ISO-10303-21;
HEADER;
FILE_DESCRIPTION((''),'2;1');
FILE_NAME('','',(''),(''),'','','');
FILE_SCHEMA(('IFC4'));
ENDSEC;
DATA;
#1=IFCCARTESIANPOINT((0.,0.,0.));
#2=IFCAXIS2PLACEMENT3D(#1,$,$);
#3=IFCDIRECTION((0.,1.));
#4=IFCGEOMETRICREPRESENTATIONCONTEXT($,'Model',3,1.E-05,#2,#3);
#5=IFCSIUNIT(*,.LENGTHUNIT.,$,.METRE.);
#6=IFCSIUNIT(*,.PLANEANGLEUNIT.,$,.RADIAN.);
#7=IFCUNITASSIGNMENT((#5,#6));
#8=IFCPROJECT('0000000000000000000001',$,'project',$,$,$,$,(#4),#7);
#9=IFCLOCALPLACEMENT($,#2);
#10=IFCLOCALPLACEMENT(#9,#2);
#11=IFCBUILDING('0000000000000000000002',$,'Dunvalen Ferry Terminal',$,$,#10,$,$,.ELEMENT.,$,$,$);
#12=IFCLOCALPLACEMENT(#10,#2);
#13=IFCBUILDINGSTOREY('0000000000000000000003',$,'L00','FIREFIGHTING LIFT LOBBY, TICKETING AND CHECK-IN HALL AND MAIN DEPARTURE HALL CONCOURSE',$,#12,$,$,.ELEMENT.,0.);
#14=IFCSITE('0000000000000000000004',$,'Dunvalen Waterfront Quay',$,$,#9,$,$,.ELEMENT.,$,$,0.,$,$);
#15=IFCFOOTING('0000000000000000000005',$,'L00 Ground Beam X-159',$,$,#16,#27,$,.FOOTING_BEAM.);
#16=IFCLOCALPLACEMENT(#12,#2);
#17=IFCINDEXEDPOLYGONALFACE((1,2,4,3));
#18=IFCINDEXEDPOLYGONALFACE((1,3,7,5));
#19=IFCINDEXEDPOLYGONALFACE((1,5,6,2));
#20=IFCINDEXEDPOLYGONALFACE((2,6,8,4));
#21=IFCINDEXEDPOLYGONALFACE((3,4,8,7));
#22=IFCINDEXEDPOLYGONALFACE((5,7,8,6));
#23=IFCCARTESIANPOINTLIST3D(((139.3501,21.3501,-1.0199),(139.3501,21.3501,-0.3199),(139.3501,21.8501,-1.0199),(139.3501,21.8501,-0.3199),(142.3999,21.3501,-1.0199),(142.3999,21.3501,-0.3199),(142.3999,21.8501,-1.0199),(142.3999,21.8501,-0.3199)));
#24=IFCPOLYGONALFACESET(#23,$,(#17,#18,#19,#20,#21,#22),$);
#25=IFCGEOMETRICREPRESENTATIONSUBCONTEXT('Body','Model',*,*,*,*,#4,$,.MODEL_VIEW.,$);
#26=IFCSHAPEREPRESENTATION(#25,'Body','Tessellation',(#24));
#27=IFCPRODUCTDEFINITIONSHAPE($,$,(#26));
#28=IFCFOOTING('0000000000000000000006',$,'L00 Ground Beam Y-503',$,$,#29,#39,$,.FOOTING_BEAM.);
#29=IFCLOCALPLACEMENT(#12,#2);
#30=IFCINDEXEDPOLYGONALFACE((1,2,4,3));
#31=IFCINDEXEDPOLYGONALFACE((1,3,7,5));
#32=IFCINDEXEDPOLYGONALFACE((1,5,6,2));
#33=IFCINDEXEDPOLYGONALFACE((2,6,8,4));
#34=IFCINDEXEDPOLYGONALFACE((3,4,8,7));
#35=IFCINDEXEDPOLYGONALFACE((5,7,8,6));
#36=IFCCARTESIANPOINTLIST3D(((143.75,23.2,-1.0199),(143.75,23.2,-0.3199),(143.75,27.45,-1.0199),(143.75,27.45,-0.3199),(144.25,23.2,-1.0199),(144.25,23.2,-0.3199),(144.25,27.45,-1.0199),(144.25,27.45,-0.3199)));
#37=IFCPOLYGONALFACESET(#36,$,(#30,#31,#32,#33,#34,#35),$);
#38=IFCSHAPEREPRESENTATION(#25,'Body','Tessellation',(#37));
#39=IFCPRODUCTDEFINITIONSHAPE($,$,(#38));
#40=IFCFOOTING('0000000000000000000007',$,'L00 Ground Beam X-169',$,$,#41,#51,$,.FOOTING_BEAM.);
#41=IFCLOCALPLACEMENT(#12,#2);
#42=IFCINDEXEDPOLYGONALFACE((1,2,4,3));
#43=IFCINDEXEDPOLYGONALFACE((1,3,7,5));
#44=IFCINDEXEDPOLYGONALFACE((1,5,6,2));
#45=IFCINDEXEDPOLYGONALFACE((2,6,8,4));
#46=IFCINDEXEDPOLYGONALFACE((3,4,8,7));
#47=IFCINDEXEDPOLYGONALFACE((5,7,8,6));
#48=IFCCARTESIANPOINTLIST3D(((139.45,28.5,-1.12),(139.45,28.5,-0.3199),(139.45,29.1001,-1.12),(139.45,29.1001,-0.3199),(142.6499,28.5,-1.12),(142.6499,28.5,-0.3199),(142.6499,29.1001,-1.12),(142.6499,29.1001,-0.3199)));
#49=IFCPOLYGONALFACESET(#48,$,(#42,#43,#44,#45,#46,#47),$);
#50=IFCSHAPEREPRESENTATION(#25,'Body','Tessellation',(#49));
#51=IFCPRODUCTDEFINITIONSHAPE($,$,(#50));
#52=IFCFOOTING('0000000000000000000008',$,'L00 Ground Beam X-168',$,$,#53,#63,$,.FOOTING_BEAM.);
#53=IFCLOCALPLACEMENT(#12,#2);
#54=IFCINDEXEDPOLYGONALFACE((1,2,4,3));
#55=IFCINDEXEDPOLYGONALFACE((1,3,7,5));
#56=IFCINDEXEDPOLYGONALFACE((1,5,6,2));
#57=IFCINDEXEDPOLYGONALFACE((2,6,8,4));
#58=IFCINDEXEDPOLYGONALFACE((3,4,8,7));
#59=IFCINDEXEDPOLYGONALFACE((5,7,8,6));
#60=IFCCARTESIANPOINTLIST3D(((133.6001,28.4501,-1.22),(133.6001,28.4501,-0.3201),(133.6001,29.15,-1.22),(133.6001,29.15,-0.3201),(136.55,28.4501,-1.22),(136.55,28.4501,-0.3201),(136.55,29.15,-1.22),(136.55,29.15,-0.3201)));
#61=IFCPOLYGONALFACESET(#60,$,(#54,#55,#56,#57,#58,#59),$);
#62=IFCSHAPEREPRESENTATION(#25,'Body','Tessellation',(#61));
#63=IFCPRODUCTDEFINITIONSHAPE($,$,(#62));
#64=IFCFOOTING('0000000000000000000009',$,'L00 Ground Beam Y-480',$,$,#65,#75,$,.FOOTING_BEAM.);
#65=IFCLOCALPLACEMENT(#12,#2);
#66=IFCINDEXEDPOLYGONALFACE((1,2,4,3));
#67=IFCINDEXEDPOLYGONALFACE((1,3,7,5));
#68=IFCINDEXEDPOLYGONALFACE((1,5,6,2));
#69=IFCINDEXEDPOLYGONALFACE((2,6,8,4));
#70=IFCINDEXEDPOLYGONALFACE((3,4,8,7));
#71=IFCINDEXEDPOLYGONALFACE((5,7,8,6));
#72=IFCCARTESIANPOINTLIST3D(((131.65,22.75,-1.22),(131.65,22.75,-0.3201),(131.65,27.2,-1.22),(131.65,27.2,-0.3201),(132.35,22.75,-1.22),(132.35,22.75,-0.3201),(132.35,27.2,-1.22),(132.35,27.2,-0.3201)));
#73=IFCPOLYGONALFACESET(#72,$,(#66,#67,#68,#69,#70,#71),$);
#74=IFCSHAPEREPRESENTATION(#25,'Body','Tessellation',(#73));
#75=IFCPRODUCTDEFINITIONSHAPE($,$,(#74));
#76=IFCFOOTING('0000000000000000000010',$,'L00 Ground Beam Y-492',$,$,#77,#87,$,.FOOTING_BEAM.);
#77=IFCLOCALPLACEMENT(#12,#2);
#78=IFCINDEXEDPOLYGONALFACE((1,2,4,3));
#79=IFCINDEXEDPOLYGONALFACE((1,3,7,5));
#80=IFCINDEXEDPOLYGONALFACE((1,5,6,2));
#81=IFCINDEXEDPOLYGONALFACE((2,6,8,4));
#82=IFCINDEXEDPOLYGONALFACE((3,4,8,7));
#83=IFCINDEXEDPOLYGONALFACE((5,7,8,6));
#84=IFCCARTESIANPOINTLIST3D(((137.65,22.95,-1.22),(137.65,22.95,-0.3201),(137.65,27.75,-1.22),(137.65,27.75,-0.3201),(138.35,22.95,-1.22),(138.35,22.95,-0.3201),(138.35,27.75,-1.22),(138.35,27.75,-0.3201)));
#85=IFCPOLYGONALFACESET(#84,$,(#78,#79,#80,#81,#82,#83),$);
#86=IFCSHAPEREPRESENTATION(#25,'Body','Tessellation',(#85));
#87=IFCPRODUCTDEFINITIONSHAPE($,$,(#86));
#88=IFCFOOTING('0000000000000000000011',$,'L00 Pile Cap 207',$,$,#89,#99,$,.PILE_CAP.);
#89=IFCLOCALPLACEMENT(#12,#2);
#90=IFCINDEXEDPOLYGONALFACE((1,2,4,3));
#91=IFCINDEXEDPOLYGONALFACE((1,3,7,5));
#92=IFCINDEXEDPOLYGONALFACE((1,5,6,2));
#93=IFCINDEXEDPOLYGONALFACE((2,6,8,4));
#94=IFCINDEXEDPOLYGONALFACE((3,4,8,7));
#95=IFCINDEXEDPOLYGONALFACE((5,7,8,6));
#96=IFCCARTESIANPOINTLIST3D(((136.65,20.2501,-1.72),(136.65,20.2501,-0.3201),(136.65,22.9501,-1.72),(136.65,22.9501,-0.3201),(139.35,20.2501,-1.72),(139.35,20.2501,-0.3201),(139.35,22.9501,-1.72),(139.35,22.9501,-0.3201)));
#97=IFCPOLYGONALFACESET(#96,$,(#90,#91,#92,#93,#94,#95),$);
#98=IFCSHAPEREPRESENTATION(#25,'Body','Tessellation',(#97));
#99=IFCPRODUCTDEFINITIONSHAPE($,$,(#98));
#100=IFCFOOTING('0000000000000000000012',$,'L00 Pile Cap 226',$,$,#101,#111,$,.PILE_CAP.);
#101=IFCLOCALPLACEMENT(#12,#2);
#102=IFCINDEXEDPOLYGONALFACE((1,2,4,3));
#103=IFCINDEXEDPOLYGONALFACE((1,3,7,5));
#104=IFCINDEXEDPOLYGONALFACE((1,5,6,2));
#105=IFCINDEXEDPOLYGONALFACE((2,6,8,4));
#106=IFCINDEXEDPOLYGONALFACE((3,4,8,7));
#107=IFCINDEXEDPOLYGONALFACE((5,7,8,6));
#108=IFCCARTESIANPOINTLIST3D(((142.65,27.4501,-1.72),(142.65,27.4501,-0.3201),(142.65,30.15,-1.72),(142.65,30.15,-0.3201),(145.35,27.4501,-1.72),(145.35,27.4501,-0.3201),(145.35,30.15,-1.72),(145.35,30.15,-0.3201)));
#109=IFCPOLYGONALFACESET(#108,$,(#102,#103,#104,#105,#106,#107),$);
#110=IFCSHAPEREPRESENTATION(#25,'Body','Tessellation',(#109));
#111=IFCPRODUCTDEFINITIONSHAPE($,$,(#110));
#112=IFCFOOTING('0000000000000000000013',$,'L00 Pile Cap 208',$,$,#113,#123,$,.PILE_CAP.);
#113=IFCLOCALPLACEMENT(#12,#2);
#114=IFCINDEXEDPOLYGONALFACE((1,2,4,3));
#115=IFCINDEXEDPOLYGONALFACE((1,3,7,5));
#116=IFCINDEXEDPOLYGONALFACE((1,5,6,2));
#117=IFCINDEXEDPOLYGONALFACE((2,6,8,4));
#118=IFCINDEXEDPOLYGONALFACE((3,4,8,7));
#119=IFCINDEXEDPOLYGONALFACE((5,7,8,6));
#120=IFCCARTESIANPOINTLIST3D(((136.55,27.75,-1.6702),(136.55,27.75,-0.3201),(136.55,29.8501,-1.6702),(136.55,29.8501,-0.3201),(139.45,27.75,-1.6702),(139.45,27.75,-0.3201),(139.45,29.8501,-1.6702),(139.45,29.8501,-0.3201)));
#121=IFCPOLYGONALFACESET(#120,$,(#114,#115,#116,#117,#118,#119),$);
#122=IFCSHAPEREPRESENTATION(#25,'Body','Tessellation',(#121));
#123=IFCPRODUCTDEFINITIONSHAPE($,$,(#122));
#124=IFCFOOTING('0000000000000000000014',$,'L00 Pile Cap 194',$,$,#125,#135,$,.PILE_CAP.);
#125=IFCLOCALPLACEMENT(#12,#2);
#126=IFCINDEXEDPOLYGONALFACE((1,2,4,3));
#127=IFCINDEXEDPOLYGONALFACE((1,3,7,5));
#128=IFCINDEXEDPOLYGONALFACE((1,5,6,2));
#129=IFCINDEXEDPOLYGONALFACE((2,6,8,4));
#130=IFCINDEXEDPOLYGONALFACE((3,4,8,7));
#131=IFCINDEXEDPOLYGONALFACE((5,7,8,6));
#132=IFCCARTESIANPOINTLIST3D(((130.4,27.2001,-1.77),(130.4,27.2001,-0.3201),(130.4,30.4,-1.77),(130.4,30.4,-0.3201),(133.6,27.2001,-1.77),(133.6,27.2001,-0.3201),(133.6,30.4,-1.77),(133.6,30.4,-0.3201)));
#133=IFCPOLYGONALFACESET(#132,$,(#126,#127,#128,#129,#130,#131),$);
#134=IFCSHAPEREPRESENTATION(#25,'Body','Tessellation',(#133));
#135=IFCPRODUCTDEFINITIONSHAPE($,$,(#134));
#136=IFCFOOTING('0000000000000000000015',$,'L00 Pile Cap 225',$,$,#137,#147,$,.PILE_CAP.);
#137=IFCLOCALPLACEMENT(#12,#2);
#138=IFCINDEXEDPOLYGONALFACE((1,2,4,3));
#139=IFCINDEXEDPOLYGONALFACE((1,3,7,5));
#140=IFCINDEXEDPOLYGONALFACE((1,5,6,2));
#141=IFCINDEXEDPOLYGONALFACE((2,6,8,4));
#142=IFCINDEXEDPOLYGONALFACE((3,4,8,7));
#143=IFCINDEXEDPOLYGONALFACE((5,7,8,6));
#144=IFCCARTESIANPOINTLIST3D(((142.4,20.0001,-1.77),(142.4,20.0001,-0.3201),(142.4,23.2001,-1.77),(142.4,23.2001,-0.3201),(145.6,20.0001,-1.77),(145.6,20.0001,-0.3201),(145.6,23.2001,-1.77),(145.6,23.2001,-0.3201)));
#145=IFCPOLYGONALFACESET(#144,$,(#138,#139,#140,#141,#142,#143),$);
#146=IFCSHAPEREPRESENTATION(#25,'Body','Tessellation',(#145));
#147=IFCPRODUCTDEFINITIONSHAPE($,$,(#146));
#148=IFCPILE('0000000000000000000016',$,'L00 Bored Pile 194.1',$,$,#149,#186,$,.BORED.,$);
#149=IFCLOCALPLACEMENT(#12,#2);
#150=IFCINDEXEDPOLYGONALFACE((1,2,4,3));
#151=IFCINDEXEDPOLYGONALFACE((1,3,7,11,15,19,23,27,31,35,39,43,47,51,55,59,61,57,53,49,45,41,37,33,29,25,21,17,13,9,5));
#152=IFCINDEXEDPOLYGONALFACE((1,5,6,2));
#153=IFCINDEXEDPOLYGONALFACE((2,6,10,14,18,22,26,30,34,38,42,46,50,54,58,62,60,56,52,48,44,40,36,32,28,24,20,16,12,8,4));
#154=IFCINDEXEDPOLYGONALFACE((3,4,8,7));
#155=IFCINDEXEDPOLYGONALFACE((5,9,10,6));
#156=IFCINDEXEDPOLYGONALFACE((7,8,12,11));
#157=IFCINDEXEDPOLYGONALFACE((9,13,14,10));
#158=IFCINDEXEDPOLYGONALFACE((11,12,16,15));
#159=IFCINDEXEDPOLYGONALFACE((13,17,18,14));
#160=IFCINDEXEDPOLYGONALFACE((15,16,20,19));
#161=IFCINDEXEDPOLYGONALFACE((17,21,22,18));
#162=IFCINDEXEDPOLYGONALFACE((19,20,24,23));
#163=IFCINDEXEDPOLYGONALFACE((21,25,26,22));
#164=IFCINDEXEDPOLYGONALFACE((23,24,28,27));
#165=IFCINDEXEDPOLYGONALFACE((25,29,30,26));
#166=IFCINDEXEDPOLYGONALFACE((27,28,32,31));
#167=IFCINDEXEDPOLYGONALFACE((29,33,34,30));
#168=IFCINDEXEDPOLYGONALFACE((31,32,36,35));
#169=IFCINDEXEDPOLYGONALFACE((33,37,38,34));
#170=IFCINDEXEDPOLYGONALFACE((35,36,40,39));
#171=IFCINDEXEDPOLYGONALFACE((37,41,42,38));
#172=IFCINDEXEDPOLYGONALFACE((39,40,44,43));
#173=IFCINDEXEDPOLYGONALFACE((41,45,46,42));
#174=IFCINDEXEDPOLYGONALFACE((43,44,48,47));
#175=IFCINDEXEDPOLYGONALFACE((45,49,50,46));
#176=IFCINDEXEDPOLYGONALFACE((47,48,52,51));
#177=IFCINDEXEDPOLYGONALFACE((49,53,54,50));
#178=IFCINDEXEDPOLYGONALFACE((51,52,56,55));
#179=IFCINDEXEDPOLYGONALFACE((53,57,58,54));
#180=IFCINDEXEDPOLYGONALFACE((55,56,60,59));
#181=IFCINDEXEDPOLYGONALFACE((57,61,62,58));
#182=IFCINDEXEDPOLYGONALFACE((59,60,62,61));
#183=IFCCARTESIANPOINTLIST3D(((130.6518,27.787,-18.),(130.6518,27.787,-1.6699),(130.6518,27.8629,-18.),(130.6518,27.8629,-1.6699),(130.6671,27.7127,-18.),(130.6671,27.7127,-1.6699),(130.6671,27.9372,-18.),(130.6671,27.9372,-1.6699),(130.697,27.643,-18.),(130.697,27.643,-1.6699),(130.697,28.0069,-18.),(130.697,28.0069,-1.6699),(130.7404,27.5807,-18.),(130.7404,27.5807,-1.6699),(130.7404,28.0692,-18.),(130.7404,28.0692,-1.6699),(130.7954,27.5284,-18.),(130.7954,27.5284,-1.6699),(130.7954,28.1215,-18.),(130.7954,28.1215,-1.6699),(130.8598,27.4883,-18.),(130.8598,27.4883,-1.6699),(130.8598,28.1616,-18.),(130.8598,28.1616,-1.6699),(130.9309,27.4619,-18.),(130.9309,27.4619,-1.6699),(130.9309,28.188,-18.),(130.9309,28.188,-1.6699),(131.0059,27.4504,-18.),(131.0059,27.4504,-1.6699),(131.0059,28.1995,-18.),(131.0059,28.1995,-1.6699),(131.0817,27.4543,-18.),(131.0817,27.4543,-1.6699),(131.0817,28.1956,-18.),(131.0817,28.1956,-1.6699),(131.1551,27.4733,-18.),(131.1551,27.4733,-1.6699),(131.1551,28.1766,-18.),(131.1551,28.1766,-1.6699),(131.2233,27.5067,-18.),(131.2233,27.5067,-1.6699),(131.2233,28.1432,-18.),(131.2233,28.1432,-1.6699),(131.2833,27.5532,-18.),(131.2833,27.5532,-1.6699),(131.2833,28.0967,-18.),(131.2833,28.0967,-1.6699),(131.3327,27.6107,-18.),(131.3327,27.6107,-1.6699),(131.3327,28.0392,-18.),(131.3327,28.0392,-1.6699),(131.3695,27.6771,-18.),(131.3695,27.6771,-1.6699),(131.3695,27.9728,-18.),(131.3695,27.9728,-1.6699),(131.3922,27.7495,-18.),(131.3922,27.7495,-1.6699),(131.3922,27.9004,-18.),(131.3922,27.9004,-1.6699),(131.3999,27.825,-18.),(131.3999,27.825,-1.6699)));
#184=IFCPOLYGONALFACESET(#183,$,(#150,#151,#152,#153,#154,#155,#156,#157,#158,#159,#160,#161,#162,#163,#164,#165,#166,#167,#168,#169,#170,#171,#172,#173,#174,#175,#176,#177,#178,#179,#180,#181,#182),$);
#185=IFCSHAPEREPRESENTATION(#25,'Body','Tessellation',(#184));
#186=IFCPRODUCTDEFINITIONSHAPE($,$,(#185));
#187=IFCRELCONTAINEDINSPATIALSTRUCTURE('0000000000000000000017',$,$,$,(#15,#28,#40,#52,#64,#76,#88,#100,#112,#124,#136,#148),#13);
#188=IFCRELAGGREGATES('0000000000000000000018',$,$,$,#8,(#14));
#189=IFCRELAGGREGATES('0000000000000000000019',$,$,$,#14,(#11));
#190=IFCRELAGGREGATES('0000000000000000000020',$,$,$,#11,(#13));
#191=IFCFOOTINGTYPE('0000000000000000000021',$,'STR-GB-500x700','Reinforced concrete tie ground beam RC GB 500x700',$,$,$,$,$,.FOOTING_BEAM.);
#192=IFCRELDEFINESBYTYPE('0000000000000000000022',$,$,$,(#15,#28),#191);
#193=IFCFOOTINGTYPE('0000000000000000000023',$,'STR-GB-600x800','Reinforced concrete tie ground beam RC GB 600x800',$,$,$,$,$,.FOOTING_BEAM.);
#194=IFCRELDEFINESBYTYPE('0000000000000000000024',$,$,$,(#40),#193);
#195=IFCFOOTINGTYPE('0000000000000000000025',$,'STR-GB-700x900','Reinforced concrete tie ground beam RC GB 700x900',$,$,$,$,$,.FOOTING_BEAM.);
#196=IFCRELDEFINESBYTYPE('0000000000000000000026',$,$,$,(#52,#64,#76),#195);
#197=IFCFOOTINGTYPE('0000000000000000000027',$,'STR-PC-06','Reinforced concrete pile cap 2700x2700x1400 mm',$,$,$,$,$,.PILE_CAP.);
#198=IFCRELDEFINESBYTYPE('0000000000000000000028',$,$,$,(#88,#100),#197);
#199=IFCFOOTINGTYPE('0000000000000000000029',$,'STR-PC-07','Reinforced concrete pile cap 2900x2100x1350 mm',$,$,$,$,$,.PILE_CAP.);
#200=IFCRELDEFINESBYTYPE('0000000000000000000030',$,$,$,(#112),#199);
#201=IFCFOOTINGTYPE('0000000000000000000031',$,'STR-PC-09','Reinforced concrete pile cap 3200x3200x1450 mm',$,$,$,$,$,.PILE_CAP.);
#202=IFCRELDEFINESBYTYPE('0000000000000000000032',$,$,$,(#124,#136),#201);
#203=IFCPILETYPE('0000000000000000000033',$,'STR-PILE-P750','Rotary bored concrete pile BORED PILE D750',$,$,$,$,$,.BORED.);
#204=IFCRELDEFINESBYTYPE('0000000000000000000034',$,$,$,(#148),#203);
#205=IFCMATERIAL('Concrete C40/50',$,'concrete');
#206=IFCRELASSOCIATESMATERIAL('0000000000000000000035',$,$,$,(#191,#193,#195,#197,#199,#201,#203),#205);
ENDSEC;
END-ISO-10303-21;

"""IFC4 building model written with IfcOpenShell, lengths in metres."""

from ifc_helpers import new_model, si_unit, direction, frame, origin, origin_2d, place, context, subcontext, project, spatial, rectangle, circle, extrude, material, material_profile, profile_set, type_object, element, save


model = new_model("IFC4")

# Units and contexts
model_context = context("Model", 3, precision=1e-05, world=origin(), true_north=direction((0.0, 1.0)))
body_context = subcontext(model_context, "Body", "Model", "MODEL_VIEW")
ifc_project = project(units=[si_unit("LENGTHUNIT", "METRE"), si_unit("PLANEANGLEUNIT", "RADIAN")], contexts=[model_context])

# Site, building, storey
site_placement = place(None, origin())
site = spatial("IfcSite", under=ifc_project, at=site_placement, Name="Dunvalen Waterfront Quay", CompositionType="ELEMENT", RefElevation=0.0)
building_placement = place(site_placement, origin())
building = spatial("IfcBuilding", under=site, at=building_placement, Name="Dunvalen Ferry Terminal", CompositionType="ELEMENT")
storey_placement = place(building_placement, origin())
storey = spatial("IfcBuildingStorey", under=building, at=storey_placement, Name="L00", Description="FIREFIGHTING LIFT LOBBY, TICKETING AND CHECK-IN HALL AND MAIN DEPARTURE HALL CONCOURSE", CompositionType="ELEMENT", Elevation=0.0)

# Footings
ifc_material = material(Name="Concrete C40/50", Category="concrete")
ifc_material_profile_1 = material_profile(ifc_material, rectangle(XDim=0.5, YDim=0.7, at=origin_2d()), Name="Concrete C40/50")
ifc_profile_set_1 = profile_set([ifc_material_profile_1], Name="Concrete C40/50")
footing_type_1 = type_object("IfcFootingType", Name="STR-GB-500x700", Description="Reinforced concrete tie ground beam RC GB 500x700", PredefinedType="FOOTING_BEAM", material=ifc_profile_set_1)
footing_1_placement = place(storey_placement, frame((139.3501, 21.6001, -0.6699), z_axis=(1.0, 0.0, 0.0), x_axis=(0.0, 1.0, 0.0)))
element("IfcFooting", 1, at=footing_1_placement, inside=storey, type_object=footing_type_1, Name="L00 Ground Beam X-159", PredefinedType="FOOTING_BEAM", context=body_context, shape_type="SweptSolid", body=[
    extrude(rectangle(XDim=0.5, YDim=0.7, at=origin_2d()), origin(), (0.0, 0.0, 1.0), 3.0498),
])
footing_2_placement = place(storey_placement, frame((144.0, 23.2, -0.6699), z_axis=(0.0, 1.0, 0.0), x_axis=(-1.0, 0.0, 0.0)))
element("IfcFooting", 2, at=footing_2_placement, inside=storey, type_object=footing_type_1, Name="L00 Ground Beam Y-503", PredefinedType="FOOTING_BEAM", context=body_context, shape_type="SweptSolid", body=[
    extrude(rectangle(XDim=0.5, YDim=0.7, at=origin_2d()), origin(), (0.0, 0.0, 1.0), 4.25),
])
ifc_material_profile_2 = material_profile(ifc_material, rectangle(XDim=0.6001, YDim=0.8, at=origin_2d()), Name="Concrete C40/50")
ifc_profile_set_2 = profile_set([ifc_material_profile_2], Name="Concrete C40/50")
footing_type_2 = type_object("IfcFootingType", Name="STR-GB-600x800", Description="Reinforced concrete tie ground beam RC GB 600x800", PredefinedType="FOOTING_BEAM", material=ifc_profile_set_2)
footing_3_placement = place(storey_placement, frame((139.45, 28.8, -0.72), z_axis=(1.0, 0.0, 0.0), x_axis=(0.0, 1.0, 0.0)))
element("IfcFooting", 3, at=footing_3_placement, inside=storey, type_object=footing_type_2, Name="L00 Ground Beam X-169", PredefinedType="FOOTING_BEAM", context=body_context, shape_type="SweptSolid", body=[
    extrude(rectangle(XDim=0.6001, YDim=0.8, at=origin_2d()), origin(), (0.0, 0.0, 1.0), 3.2),
])
ifc_material_profile_3 = material_profile(ifc_material, rectangle(XDim=0.7, YDim=0.8999, at=origin_2d()), Name="Concrete C40/50")
ifc_profile_set_3 = profile_set([ifc_material_profile_3], Name="Concrete C40/50")
footing_type_3 = type_object("IfcFootingType", Name="STR-GB-700x900", Description="Reinforced concrete tie ground beam RC GB 700x900", PredefinedType="FOOTING_BEAM", material=ifc_profile_set_3)
footing_4_placement = place(storey_placement, frame((133.6001, 28.8, -0.77), z_axis=(1.0, 0.0, 0.0), x_axis=(0.0, 1.0, 0.0)))
element("IfcFooting", 4, at=footing_4_placement, inside=storey, type_object=footing_type_3, Name="L00 Ground Beam X-168", PredefinedType="FOOTING_BEAM", context=body_context, shape_type="SweptSolid", body=[
    extrude(rectangle(XDim=0.7, YDim=0.8999, at=origin_2d()), origin(), (0.0, 0.0, 1.0), 2.95),
])
footing_5_placement = place(storey_placement, frame((132.0, 22.75, -0.77), z_axis=(0.0, 1.0, 0.0), x_axis=(-1.0, 0.0, 0.0)))
element("IfcFooting", 5, at=footing_5_placement, inside=storey, type_object=footing_type_3, Name="L00 Ground Beam Y-480", PredefinedType="FOOTING_BEAM", context=body_context, shape_type="SweptSolid", body=[
    extrude(rectangle(XDim=0.7, YDim=0.8999, at=origin_2d()), origin(), (0.0, 0.0, 1.0), 4.45),
])
footing_6_placement = place(storey_placement, frame((138.0, 22.95, -0.77), z_axis=(0.0, 1.0, 0.0), x_axis=(-1.0, 0.0, 0.0)))
element("IfcFooting", 6, at=footing_6_placement, inside=storey, type_object=footing_type_3, Name="L00 Ground Beam Y-492", PredefinedType="FOOTING_BEAM", context=body_context, shape_type="SweptSolid", body=[
    extrude(rectangle(XDim=0.7, YDim=0.8999, at=origin_2d()), origin(), (0.0, 0.0, 1.0), 4.8),
])
footing_type_4 = type_object("IfcFootingType", Name="STR-PC-06", Description="Reinforced concrete pile cap 2700x2700x1400 mm", PredefinedType="PILE_CAP", material=ifc_material)
for number, where, z_axis, x_axis, name in (
    (7, (138.0, 21.6001, -1.72), (0.0, 0.0, 1.0), (1.0, 0.0, 0.0), "L00 Pile Cap 207"),
    (8, (144.0, 28.8, -1.72), (0.0, 0.0, 1.0), (1.0, 0.0, 0.0), "L00 Pile Cap 226"),
):
    element("IfcFooting", number, at=place(storey_placement, frame(where, z_axis=z_axis, x_axis=x_axis)), inside=storey, type_object=footing_type_4, Name=name, PredefinedType="PILE_CAP", context=body_context, shape_type="SweptSolid", body=[
        extrude(rectangle(XDim=2.7, YDim=2.7, at=origin_2d()), origin(), (0.0, 0.0, 1.0), 1.3999),
    ])
footing_type_5 = type_object("IfcFootingType", Name="STR-PC-07", Description="Reinforced concrete pile cap 2900x2100x1350 mm", PredefinedType="PILE_CAP", material=ifc_material)
footing_7_placement = place(storey_placement, frame((138.0, 28.8, -1.6702), z_axis=(0.0, 0.0, 1.0), x_axis=(1.0, 0.0, 0.0)))
element("IfcFooting", 9, at=footing_7_placement, inside=storey, type_object=footing_type_5, Name="L00 Pile Cap 208", PredefinedType="PILE_CAP", context=body_context, shape_type="SweptSolid", body=[
    extrude(rectangle(XDim=2.8999, YDim=2.1001, at=origin_2d()), origin(), (0.0, 0.0, 1.0), 1.3501),
])
footing_type_6 = type_object("IfcFootingType", Name="STR-PC-09", Description="Reinforced concrete pile cap 3200x3200x1450 mm", PredefinedType="PILE_CAP", material=ifc_material)
for number, where, z_axis, x_axis, name in (
    (10, (132.0, 28.8, -1.77), (0.0, 0.0, 1.0), (1.0, 0.0, 0.0), "L00 Pile Cap 194"),
    (11, (144.0, 21.6001, -1.77), (0.0, 0.0, 1.0), (1.0, 0.0, 0.0), "L00 Pile Cap 225"),
):
    element("IfcFooting", number, at=place(storey_placement, frame(where, z_axis=z_axis, x_axis=x_axis)), inside=storey, type_object=footing_type_6, Name=name, PredefinedType="PILE_CAP", context=body_context, shape_type="SweptSolid", body=[
        extrude(rectangle(XDim=3.2, YDim=3.2, at=origin_2d()), origin(), (0.0, 0.0, 1.0), 1.45),
    ])

# Pile
ifc_material_profile_4 = material_profile(ifc_material, circle(Radius=0.375, at=origin_2d()), Name="Concrete C40/50")
ifc_profile_set_4 = profile_set([ifc_material_profile_4], Name="Concrete C40/50")
pile_type_1 = type_object("IfcPileType", Name="STR-PILE-P750", Description="Rotary bored concrete pile BORED PILE D750", PredefinedType="BORED", material=ifc_profile_set_4)
for number, where, z_axis, x_axis, name in (
    (12, (131.0249, 27.825, -1.6699), (0.0, 0.0, -1.0), (1.0, 0.0, 0.0), "L00 Bored Pile 194.1"),
):
    element("IfcPile", number, at=place(storey_placement, frame(where, z_axis=z_axis, x_axis=x_axis)), inside=storey, type_object=pile_type_1, Name=name, PredefinedType="BORED", context=body_context, shape_type="SweptSolid", body=[
        extrude(circle(Radius=0.375, at=origin_2d()), origin(), (0.0, 0.0, 1.0), 16.3301),
    ])

save(model, "model.ifc")
